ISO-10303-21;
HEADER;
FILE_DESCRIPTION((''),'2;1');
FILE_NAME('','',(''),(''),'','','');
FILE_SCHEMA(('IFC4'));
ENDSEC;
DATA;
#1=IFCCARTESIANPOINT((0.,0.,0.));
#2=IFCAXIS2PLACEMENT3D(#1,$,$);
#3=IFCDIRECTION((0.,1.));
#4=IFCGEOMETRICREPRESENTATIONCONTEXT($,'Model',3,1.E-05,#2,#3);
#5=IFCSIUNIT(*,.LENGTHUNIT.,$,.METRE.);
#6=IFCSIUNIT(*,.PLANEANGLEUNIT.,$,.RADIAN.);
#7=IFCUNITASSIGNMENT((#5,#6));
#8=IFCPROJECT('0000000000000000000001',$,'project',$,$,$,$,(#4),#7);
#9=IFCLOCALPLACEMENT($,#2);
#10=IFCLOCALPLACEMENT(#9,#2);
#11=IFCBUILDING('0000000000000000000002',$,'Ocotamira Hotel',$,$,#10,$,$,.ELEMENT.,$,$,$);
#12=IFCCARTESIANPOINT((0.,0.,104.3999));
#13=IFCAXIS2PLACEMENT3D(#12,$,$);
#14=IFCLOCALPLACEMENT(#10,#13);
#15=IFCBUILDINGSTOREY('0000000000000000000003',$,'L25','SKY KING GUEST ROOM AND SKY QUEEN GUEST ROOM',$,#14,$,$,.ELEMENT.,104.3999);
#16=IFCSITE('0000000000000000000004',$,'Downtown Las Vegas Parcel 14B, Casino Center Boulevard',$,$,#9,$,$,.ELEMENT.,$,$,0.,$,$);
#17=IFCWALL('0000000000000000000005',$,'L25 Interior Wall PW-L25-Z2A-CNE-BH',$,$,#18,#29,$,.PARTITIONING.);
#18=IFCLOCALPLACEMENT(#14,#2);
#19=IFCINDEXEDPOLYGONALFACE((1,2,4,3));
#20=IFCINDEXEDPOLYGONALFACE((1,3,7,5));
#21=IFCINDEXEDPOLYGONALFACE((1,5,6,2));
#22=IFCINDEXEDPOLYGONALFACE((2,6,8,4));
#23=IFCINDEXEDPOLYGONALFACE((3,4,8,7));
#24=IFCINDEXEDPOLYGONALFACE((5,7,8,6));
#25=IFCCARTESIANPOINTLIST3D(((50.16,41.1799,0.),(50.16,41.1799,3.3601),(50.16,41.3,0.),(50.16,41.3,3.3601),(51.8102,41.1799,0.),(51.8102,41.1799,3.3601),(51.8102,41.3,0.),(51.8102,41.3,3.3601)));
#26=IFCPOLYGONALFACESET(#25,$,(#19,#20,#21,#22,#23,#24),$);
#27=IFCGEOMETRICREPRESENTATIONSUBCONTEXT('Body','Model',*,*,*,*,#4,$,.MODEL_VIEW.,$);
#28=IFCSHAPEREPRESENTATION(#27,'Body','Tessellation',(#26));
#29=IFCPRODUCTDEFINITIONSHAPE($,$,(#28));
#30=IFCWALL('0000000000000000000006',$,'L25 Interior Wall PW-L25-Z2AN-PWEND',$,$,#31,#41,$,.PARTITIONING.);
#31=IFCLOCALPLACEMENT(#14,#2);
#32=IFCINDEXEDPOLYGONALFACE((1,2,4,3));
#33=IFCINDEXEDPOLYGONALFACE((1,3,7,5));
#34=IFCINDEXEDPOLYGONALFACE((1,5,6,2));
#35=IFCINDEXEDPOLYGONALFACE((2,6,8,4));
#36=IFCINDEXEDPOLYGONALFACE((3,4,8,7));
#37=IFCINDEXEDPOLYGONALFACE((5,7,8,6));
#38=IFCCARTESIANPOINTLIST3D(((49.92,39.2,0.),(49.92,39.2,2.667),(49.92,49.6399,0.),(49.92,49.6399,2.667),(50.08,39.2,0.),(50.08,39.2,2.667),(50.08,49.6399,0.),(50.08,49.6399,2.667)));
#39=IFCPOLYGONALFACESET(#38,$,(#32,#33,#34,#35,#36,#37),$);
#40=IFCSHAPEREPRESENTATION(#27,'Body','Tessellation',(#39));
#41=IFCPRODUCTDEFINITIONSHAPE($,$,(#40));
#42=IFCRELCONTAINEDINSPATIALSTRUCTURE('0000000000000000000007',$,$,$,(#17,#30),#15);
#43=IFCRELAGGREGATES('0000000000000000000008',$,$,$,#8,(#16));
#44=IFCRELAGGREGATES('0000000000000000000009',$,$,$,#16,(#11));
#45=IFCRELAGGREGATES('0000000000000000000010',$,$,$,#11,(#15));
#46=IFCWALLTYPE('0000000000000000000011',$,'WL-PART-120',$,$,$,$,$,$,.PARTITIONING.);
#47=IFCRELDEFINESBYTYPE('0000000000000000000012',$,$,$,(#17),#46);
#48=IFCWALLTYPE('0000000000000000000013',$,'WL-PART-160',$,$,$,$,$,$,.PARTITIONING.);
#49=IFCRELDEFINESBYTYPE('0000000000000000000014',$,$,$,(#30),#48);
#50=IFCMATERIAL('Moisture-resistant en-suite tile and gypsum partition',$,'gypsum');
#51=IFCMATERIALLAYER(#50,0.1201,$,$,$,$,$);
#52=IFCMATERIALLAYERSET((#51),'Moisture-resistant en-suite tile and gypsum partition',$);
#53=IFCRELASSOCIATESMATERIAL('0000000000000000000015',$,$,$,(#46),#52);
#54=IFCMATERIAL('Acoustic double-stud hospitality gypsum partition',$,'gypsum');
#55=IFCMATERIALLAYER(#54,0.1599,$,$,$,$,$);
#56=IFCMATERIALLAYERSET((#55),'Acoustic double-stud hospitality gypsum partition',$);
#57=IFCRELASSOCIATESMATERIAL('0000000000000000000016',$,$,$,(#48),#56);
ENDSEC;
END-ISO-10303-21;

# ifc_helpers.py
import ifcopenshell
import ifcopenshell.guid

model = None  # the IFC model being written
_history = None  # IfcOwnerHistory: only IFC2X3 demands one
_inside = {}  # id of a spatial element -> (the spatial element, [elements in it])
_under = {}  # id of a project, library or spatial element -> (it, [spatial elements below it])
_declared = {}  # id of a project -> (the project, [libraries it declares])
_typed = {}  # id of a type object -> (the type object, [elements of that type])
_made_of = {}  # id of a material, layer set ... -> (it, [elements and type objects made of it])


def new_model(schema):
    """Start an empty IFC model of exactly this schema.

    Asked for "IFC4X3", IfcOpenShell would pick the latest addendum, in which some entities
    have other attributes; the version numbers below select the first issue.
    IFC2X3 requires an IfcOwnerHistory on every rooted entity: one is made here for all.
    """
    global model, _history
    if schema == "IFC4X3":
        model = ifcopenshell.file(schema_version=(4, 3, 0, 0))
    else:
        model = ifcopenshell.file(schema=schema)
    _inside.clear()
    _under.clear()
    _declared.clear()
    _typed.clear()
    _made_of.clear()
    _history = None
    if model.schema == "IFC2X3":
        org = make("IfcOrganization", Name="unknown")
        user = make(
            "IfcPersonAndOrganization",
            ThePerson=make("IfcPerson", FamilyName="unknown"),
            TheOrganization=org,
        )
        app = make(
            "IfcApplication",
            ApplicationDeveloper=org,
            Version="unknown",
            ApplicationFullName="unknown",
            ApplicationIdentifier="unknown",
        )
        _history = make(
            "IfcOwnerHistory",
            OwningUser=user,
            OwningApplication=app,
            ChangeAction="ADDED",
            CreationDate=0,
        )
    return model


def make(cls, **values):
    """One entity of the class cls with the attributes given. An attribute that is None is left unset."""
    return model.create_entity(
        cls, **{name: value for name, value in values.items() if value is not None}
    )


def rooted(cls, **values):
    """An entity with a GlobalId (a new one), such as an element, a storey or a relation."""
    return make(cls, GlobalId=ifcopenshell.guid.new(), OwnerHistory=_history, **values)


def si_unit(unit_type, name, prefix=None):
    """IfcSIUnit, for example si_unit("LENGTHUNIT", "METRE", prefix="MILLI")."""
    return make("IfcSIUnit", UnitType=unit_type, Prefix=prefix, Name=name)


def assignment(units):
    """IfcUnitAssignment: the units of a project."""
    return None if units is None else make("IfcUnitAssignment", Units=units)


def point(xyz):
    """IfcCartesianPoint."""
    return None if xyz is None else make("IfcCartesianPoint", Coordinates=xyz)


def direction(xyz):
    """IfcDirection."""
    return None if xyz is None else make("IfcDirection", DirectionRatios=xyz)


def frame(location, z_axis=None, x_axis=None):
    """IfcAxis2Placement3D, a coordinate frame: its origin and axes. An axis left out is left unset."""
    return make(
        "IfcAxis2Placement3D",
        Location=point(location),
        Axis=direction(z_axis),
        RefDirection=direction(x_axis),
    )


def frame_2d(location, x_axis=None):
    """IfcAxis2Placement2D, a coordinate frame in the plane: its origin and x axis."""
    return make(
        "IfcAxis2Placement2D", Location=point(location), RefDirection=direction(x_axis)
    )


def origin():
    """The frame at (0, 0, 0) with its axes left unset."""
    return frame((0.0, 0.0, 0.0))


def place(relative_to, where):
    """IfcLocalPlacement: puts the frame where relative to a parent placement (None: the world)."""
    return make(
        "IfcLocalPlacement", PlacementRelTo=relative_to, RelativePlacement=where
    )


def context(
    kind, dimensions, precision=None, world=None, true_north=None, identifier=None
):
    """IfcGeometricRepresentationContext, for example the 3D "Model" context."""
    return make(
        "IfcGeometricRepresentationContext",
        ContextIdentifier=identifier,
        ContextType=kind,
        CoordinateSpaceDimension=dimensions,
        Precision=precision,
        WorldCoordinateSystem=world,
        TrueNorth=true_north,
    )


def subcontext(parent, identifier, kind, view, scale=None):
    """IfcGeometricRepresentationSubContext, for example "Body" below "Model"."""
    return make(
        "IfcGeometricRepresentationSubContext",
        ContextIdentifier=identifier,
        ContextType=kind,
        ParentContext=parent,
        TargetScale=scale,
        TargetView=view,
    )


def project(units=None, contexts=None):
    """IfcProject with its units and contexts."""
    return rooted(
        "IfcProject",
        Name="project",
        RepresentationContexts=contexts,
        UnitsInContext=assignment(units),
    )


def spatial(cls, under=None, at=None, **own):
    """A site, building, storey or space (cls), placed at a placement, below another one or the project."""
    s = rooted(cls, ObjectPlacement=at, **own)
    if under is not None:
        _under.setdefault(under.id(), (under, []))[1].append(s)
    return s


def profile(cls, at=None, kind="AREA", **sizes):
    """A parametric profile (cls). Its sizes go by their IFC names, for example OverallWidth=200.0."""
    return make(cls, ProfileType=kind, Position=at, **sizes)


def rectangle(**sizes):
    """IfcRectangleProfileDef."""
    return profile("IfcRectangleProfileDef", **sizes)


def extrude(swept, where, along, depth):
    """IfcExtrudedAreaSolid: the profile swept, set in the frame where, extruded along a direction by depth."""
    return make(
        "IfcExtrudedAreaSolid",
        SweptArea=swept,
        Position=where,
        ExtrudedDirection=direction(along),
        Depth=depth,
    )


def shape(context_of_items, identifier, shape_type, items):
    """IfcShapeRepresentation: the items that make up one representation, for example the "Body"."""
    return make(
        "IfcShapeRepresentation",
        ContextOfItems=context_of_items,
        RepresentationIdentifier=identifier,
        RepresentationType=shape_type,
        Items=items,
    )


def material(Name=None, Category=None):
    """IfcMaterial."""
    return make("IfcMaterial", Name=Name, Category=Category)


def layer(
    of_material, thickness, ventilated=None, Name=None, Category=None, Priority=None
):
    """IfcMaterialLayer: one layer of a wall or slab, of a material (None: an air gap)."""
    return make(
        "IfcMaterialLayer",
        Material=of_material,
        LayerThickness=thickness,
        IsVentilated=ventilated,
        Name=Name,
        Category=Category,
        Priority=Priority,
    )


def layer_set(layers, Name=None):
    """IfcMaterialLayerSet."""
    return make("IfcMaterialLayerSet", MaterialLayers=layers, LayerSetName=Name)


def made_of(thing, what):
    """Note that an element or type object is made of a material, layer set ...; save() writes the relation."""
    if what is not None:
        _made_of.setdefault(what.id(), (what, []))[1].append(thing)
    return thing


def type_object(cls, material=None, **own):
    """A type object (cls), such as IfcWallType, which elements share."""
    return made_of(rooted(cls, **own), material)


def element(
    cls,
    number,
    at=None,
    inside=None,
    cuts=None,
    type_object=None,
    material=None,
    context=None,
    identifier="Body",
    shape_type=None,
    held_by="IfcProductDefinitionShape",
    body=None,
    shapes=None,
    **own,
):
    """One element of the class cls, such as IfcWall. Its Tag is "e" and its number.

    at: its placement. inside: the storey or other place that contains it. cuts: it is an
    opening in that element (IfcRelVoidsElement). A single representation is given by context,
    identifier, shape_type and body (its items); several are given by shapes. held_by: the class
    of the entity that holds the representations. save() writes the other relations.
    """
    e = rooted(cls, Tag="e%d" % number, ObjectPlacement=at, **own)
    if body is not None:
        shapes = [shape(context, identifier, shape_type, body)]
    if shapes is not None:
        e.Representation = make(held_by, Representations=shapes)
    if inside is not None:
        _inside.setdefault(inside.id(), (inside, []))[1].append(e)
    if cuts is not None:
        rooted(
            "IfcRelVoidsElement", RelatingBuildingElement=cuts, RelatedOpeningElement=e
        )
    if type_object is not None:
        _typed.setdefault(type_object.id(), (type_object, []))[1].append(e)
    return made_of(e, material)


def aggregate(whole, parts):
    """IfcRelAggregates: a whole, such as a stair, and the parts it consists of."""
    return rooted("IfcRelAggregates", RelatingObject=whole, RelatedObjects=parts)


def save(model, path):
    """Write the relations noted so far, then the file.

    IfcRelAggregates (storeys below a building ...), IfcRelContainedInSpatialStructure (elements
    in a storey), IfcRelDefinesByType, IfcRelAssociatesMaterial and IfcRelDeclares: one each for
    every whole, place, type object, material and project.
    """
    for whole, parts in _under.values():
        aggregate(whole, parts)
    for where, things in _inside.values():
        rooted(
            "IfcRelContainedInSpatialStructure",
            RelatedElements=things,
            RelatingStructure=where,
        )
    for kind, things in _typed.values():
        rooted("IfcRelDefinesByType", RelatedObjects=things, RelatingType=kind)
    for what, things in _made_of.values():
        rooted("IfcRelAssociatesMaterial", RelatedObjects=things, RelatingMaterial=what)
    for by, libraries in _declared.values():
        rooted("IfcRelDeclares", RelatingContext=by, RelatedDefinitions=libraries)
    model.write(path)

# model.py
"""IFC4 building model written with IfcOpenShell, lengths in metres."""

from ifc_helpers import new_model, si_unit, direction, frame, frame_2d, origin, place, context, subcontext, project, spatial, rectangle, extrude, material, layer, layer_set, type_object, element, save


model = new_model("IFC4")

# Units and contexts
model_context = context("Model", 3, precision=1e-05, world=origin(), true_north=direction((0.0, 1.0)))
body_context = subcontext(model_context, "Body", "Model", "MODEL_VIEW")
ifc_project = project(units=[si_unit("LENGTHUNIT", "METRE"), si_unit("PLANEANGLEUNIT", "RADIAN")], contexts=[model_context])

# Site, building, storey
site_placement = place(None, origin())
site = spatial("IfcSite", under=ifc_project, at=site_placement, Name="Downtown Las Vegas Parcel 14B, Casino Center Boulevard", CompositionType="ELEMENT", RefElevation=0.0)
building_placement = place(site_placement, origin())
building = spatial("IfcBuilding", under=site, at=building_placement, Name="Ocotamira Hotel", CompositionType="ELEMENT")
storey_placement = place(building_placement, frame((0.0, 0.0, 104.3999)))
storey = spatial("IfcBuildingStorey", under=building, at=storey_placement, Name="L25", Description="SKY KING GUEST ROOM AND SKY QUEEN GUEST ROOM", CompositionType="ELEMENT", Elevation=104.3999)

# Shared definitions
ifc_material_1 = material(Name="Moisture-resistant en-suite tile and gypsum partition", Category="gypsum")
ifc_layer_1 = layer(ifc_material_1, 0.1201)
ifc_layer_set_1 = layer_set([ifc_layer_1], Name="Moisture-resistant en-suite tile and gypsum partition")
wall_type_1 = type_object("IfcWallType", Name="WL-PART-120", PredefinedType="PARTITIONING", material=ifc_layer_set_1)

# Walls
wall_1_placement = place(storey_placement, frame((50.1599, 41.24, 0.0), z_axis=(0.0, 0.0, 1.0), x_axis=(1.0, 0.0, 0.0)))
element("IfcWall", 1, at=wall_1_placement, inside=storey, type_object=wall_type_1, Name="L25 Interior Wall PW-L25-Z2A-CNE-BH", PredefinedType="PARTITIONING", context=body_context, shape_type="SweptSolid", body=[
    extrude(rectangle(XDim=1.6501, YDim=0.1201, at=frame_2d((0.8252, 0.0))), origin(), (0.0, 0.0, 1.0), 3.3601),
])
ifc_material_2 = material(Name="Acoustic double-stud hospitality gypsum partition", Category="gypsum")
ifc_layer_2 = layer(ifc_material_2, 0.1599)
ifc_layer_set_2 = layer_set([ifc_layer_2], Name="Acoustic double-stud hospitality gypsum partition")
wall_type_2 = type_object("IfcWallType", Name="WL-PART-160", PredefinedType="PARTITIONING", material=ifc_layer_set_2)
wall_2_placement = place(storey_placement, frame((50.0, 39.2, 0.0), z_axis=(0.0, 0.0, 1.0), x_axis=(0.0, 1.0, 0.0)))
element("IfcWall", 2, at=wall_2_placement, inside=storey, type_object=wall_type_2, Name="L25 Interior Wall PW-L25-Z2AN-PWEND", PredefinedType="PARTITIONING", context=body_context, shape_type="SweptSolid", body=[
    extrude(rectangle(XDim=10.4399, YDim=0.1599, at=frame_2d((5.22, 0.0))), origin(), (0.0, 0.0, 1.0), 2.667),
])

save(model, "model.ifc")
